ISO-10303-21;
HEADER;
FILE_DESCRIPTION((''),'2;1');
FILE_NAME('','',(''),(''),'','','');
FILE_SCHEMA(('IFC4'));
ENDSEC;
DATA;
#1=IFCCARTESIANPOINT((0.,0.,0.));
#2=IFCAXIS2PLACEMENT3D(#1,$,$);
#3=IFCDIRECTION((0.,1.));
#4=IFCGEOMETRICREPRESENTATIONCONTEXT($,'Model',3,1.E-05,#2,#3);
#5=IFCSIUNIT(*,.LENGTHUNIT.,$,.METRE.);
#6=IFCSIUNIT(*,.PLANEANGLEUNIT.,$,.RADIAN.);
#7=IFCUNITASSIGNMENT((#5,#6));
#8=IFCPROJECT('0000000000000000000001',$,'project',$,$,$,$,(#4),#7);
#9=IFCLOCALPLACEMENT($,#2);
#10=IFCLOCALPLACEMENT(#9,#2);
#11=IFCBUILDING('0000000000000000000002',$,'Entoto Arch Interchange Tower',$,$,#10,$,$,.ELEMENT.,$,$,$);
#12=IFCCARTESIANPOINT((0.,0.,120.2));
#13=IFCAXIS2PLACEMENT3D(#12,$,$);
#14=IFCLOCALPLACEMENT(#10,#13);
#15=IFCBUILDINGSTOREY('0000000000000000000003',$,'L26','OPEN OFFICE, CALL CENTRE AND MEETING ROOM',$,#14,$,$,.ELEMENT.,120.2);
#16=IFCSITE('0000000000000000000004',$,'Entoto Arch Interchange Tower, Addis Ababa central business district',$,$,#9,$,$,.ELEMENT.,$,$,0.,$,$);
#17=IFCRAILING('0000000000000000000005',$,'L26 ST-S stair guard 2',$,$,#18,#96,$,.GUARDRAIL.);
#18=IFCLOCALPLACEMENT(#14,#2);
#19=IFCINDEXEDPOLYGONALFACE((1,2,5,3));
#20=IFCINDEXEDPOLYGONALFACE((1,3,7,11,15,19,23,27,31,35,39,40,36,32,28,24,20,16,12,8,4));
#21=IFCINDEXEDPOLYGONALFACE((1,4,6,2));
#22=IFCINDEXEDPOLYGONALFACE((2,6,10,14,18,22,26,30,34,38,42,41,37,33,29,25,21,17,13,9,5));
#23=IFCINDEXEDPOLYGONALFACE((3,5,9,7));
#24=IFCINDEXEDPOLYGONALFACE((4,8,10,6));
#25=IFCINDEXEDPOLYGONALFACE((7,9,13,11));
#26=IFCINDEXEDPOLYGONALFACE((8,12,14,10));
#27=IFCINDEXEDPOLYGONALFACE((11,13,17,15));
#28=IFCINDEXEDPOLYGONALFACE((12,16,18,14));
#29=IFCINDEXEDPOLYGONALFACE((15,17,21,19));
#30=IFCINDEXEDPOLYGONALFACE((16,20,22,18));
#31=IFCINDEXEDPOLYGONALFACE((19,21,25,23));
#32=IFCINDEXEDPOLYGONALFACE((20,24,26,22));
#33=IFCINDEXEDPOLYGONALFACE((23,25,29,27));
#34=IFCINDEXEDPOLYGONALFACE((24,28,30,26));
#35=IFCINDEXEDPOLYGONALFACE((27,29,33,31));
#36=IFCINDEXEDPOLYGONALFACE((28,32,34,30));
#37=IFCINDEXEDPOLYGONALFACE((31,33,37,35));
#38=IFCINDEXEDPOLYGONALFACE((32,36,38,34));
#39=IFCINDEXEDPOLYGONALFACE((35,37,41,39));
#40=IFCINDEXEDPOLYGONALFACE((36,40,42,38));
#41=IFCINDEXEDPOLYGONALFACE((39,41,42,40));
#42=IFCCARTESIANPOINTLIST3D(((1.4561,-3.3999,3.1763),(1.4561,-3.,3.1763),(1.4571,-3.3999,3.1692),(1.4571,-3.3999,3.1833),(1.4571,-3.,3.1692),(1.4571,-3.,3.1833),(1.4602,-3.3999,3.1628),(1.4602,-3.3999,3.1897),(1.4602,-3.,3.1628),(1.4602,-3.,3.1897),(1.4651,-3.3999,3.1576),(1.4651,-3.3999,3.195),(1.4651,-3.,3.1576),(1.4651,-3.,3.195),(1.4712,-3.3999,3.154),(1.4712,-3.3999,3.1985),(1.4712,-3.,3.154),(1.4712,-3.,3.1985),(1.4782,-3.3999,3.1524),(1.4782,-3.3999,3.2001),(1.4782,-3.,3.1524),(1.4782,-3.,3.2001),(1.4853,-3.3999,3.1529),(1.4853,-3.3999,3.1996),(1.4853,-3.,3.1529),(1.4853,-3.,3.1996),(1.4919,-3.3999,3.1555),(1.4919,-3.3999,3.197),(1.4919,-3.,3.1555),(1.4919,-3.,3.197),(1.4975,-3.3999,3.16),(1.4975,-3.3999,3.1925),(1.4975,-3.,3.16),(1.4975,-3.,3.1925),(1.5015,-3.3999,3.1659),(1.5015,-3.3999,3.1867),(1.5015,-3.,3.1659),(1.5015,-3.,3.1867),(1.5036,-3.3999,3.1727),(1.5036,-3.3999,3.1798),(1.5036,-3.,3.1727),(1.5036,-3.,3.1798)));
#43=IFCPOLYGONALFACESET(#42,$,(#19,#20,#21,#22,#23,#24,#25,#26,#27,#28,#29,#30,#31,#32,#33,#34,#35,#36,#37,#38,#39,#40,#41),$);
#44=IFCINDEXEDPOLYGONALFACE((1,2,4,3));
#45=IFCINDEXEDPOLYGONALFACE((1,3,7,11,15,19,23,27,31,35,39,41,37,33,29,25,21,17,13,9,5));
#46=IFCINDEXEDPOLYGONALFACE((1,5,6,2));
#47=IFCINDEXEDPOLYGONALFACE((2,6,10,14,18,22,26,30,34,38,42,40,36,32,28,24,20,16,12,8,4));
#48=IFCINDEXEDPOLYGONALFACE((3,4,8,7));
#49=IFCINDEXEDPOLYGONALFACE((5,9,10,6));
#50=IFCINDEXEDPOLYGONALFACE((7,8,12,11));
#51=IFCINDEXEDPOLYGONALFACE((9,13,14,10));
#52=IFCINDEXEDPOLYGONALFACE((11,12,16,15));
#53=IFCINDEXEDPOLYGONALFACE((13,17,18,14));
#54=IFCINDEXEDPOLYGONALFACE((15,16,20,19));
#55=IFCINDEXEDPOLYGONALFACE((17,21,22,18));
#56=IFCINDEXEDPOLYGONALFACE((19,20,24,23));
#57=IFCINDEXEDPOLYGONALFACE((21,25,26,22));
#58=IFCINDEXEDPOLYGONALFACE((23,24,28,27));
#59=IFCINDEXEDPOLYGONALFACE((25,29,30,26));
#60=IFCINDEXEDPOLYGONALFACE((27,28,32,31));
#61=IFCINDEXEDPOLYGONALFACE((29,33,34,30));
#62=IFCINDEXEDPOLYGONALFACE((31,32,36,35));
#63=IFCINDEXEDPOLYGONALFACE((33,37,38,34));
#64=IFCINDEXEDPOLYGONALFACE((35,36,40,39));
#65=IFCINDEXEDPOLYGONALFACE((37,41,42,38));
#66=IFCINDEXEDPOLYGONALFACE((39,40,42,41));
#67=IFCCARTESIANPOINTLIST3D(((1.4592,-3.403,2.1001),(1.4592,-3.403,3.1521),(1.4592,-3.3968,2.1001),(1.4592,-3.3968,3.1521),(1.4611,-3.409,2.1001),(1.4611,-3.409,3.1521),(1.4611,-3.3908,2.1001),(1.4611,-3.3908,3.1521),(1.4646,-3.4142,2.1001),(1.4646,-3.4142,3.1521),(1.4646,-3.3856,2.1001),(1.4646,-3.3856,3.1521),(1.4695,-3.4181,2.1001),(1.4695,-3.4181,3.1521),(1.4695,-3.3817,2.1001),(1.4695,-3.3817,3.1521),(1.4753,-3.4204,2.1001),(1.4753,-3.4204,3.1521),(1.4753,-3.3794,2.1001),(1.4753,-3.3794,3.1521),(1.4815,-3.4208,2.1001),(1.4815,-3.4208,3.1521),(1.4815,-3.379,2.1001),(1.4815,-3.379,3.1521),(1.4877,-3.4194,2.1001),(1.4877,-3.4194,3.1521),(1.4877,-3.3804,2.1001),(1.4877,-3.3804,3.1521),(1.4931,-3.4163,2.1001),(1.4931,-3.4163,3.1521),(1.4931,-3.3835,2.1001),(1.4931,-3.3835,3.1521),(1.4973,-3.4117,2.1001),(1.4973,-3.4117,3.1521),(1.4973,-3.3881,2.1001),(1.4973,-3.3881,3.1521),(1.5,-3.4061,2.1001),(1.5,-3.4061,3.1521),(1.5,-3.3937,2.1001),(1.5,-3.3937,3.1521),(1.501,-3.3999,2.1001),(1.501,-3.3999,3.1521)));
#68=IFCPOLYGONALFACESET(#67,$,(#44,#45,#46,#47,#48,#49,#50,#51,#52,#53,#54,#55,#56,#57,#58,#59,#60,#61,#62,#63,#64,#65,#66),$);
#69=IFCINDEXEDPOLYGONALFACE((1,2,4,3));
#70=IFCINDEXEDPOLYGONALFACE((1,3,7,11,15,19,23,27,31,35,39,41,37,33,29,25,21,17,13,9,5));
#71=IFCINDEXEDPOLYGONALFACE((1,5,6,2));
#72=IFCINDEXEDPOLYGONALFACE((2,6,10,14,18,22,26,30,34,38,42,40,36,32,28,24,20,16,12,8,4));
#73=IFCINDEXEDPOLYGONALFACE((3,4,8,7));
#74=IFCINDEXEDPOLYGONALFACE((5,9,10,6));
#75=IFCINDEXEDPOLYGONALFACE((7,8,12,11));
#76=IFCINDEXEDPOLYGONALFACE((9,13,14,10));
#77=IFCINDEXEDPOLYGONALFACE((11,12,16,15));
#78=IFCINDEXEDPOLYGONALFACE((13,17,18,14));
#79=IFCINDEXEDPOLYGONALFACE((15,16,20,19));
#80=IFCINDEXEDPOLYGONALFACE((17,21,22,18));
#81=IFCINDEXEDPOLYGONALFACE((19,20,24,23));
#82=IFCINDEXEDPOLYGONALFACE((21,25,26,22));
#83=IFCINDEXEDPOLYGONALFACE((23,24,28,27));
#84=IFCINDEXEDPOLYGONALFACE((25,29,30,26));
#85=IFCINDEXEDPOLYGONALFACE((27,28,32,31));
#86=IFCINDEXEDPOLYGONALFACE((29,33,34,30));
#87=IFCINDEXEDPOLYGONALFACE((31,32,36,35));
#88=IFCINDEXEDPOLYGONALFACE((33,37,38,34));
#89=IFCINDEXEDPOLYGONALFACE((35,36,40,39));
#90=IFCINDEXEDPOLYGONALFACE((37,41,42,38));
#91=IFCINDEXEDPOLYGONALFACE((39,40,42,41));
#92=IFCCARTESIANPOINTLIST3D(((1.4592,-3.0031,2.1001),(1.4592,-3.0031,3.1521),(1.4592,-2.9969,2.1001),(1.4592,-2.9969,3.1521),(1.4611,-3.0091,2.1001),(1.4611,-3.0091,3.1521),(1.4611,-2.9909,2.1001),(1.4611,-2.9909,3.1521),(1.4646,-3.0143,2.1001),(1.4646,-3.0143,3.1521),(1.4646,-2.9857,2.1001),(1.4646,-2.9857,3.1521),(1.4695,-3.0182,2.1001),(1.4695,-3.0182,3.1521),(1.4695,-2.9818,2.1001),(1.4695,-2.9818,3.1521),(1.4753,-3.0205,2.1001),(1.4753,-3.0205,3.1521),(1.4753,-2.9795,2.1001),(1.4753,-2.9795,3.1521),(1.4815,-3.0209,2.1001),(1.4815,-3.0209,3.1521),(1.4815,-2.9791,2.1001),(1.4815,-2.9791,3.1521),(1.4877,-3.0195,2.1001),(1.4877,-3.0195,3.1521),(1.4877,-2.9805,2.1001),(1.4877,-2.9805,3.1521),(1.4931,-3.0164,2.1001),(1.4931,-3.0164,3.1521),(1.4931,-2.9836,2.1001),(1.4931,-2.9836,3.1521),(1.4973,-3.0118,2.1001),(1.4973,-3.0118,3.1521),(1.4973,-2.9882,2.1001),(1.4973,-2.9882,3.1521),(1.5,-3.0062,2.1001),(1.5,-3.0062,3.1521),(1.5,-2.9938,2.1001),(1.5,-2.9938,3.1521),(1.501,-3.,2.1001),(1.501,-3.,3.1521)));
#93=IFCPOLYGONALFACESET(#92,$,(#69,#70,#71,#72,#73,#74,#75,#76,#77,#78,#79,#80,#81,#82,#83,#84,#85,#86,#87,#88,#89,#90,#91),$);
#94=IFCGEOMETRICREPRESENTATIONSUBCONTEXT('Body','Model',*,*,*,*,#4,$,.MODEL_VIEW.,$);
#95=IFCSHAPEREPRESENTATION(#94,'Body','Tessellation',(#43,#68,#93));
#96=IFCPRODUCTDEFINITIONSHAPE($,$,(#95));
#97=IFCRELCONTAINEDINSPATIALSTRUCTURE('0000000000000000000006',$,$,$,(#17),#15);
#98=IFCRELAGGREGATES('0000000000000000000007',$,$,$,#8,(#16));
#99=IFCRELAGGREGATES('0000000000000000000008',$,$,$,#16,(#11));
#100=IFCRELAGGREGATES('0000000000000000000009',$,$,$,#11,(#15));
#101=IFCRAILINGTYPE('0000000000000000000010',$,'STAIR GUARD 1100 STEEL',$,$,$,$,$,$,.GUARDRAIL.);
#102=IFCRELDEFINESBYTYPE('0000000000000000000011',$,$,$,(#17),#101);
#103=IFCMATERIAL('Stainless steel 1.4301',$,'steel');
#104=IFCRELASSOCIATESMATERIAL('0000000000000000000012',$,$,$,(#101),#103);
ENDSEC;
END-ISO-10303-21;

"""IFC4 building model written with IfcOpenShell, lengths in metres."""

from ifc_helpers import new_model, si_unit, direction, frame, origin, origin_2d, place, context, subcontext, project, spatial, circle, extrude, material, type_object, element, save


model = new_model("IFC4")

# Units and contexts
model_context = context("Model", 3, precision=1e-05, world=origin(), true_north=direction((0.0, 1.0)))
body_context = subcontext(model_context, "Body", "Model", "MODEL_VIEW")
ifc_project = project(units=[si_unit("LENGTHUNIT", "METRE"), si_unit("PLANEANGLEUNIT", "RADIAN")], contexts=[model_context])

# Site, building, storey
site_placement = place(None, origin())
site = spatial("IfcSite", under=ifc_project, at=site_placement, Name="Entoto Arch Interchange Tower, Addis Ababa central business district", CompositionType="ELEMENT", RefElevation=0.0)
building_placement = place(site_placement, origin())
building = spatial("IfcBuilding", under=site, at=building_placement, Name="Entoto Arch Interchange Tower", CompositionType="ELEMENT")
storey_placement = place(building_placement, frame((0.0, 0.0, 120.2)))
storey = spatial("IfcBuildingStorey", under=building, at=storey_placement, Name="L26", Description="OPEN OFFICE, CALL CENTRE AND MEETING ROOM", CompositionType="ELEMENT", Elevation=120.2)

# Railing
ifc_material_1 = material(Name="Stainless steel 1.4301", Category="steel")
railing_type_1 = type_object("IfcRailingType", Name="STAIR GUARD 1100 STEEL", PredefinedType="GUARDRAIL", material=ifc_material_1)
railing_1_placement = place(storey_placement, frame((1.48, -3.3999, 2.1001)))
element("IfcRailing", 1, at=railing_1_placement, inside=storey, type_object=railing_type_1, Name="L26 ST-S stair guard 2", PredefinedType="GUARDRAIL", context=body_context, shape_type="SweptSolid", body=[
    extrude(circle(Radius=0.0239, at=origin_2d()), frame((0.0, 0.0, 1.0762), z_axis=(0.0, 1.0, 0.0), x_axis=(-1.0, 0.0, 0.0)), (0.0, 0.0, 1.0), 0.3999),
    extrude(circle(Radius=0.021, at=origin_2d()), origin(), (0.0, 0.0, 1.0), 1.052),
    extrude(circle(Radius=0.021, at=origin_2d()), frame((0.0, 0.3999, 0.0)), (0.0, 0.0, 1.0), 1.052),
])

save(model, "model.ifc")
